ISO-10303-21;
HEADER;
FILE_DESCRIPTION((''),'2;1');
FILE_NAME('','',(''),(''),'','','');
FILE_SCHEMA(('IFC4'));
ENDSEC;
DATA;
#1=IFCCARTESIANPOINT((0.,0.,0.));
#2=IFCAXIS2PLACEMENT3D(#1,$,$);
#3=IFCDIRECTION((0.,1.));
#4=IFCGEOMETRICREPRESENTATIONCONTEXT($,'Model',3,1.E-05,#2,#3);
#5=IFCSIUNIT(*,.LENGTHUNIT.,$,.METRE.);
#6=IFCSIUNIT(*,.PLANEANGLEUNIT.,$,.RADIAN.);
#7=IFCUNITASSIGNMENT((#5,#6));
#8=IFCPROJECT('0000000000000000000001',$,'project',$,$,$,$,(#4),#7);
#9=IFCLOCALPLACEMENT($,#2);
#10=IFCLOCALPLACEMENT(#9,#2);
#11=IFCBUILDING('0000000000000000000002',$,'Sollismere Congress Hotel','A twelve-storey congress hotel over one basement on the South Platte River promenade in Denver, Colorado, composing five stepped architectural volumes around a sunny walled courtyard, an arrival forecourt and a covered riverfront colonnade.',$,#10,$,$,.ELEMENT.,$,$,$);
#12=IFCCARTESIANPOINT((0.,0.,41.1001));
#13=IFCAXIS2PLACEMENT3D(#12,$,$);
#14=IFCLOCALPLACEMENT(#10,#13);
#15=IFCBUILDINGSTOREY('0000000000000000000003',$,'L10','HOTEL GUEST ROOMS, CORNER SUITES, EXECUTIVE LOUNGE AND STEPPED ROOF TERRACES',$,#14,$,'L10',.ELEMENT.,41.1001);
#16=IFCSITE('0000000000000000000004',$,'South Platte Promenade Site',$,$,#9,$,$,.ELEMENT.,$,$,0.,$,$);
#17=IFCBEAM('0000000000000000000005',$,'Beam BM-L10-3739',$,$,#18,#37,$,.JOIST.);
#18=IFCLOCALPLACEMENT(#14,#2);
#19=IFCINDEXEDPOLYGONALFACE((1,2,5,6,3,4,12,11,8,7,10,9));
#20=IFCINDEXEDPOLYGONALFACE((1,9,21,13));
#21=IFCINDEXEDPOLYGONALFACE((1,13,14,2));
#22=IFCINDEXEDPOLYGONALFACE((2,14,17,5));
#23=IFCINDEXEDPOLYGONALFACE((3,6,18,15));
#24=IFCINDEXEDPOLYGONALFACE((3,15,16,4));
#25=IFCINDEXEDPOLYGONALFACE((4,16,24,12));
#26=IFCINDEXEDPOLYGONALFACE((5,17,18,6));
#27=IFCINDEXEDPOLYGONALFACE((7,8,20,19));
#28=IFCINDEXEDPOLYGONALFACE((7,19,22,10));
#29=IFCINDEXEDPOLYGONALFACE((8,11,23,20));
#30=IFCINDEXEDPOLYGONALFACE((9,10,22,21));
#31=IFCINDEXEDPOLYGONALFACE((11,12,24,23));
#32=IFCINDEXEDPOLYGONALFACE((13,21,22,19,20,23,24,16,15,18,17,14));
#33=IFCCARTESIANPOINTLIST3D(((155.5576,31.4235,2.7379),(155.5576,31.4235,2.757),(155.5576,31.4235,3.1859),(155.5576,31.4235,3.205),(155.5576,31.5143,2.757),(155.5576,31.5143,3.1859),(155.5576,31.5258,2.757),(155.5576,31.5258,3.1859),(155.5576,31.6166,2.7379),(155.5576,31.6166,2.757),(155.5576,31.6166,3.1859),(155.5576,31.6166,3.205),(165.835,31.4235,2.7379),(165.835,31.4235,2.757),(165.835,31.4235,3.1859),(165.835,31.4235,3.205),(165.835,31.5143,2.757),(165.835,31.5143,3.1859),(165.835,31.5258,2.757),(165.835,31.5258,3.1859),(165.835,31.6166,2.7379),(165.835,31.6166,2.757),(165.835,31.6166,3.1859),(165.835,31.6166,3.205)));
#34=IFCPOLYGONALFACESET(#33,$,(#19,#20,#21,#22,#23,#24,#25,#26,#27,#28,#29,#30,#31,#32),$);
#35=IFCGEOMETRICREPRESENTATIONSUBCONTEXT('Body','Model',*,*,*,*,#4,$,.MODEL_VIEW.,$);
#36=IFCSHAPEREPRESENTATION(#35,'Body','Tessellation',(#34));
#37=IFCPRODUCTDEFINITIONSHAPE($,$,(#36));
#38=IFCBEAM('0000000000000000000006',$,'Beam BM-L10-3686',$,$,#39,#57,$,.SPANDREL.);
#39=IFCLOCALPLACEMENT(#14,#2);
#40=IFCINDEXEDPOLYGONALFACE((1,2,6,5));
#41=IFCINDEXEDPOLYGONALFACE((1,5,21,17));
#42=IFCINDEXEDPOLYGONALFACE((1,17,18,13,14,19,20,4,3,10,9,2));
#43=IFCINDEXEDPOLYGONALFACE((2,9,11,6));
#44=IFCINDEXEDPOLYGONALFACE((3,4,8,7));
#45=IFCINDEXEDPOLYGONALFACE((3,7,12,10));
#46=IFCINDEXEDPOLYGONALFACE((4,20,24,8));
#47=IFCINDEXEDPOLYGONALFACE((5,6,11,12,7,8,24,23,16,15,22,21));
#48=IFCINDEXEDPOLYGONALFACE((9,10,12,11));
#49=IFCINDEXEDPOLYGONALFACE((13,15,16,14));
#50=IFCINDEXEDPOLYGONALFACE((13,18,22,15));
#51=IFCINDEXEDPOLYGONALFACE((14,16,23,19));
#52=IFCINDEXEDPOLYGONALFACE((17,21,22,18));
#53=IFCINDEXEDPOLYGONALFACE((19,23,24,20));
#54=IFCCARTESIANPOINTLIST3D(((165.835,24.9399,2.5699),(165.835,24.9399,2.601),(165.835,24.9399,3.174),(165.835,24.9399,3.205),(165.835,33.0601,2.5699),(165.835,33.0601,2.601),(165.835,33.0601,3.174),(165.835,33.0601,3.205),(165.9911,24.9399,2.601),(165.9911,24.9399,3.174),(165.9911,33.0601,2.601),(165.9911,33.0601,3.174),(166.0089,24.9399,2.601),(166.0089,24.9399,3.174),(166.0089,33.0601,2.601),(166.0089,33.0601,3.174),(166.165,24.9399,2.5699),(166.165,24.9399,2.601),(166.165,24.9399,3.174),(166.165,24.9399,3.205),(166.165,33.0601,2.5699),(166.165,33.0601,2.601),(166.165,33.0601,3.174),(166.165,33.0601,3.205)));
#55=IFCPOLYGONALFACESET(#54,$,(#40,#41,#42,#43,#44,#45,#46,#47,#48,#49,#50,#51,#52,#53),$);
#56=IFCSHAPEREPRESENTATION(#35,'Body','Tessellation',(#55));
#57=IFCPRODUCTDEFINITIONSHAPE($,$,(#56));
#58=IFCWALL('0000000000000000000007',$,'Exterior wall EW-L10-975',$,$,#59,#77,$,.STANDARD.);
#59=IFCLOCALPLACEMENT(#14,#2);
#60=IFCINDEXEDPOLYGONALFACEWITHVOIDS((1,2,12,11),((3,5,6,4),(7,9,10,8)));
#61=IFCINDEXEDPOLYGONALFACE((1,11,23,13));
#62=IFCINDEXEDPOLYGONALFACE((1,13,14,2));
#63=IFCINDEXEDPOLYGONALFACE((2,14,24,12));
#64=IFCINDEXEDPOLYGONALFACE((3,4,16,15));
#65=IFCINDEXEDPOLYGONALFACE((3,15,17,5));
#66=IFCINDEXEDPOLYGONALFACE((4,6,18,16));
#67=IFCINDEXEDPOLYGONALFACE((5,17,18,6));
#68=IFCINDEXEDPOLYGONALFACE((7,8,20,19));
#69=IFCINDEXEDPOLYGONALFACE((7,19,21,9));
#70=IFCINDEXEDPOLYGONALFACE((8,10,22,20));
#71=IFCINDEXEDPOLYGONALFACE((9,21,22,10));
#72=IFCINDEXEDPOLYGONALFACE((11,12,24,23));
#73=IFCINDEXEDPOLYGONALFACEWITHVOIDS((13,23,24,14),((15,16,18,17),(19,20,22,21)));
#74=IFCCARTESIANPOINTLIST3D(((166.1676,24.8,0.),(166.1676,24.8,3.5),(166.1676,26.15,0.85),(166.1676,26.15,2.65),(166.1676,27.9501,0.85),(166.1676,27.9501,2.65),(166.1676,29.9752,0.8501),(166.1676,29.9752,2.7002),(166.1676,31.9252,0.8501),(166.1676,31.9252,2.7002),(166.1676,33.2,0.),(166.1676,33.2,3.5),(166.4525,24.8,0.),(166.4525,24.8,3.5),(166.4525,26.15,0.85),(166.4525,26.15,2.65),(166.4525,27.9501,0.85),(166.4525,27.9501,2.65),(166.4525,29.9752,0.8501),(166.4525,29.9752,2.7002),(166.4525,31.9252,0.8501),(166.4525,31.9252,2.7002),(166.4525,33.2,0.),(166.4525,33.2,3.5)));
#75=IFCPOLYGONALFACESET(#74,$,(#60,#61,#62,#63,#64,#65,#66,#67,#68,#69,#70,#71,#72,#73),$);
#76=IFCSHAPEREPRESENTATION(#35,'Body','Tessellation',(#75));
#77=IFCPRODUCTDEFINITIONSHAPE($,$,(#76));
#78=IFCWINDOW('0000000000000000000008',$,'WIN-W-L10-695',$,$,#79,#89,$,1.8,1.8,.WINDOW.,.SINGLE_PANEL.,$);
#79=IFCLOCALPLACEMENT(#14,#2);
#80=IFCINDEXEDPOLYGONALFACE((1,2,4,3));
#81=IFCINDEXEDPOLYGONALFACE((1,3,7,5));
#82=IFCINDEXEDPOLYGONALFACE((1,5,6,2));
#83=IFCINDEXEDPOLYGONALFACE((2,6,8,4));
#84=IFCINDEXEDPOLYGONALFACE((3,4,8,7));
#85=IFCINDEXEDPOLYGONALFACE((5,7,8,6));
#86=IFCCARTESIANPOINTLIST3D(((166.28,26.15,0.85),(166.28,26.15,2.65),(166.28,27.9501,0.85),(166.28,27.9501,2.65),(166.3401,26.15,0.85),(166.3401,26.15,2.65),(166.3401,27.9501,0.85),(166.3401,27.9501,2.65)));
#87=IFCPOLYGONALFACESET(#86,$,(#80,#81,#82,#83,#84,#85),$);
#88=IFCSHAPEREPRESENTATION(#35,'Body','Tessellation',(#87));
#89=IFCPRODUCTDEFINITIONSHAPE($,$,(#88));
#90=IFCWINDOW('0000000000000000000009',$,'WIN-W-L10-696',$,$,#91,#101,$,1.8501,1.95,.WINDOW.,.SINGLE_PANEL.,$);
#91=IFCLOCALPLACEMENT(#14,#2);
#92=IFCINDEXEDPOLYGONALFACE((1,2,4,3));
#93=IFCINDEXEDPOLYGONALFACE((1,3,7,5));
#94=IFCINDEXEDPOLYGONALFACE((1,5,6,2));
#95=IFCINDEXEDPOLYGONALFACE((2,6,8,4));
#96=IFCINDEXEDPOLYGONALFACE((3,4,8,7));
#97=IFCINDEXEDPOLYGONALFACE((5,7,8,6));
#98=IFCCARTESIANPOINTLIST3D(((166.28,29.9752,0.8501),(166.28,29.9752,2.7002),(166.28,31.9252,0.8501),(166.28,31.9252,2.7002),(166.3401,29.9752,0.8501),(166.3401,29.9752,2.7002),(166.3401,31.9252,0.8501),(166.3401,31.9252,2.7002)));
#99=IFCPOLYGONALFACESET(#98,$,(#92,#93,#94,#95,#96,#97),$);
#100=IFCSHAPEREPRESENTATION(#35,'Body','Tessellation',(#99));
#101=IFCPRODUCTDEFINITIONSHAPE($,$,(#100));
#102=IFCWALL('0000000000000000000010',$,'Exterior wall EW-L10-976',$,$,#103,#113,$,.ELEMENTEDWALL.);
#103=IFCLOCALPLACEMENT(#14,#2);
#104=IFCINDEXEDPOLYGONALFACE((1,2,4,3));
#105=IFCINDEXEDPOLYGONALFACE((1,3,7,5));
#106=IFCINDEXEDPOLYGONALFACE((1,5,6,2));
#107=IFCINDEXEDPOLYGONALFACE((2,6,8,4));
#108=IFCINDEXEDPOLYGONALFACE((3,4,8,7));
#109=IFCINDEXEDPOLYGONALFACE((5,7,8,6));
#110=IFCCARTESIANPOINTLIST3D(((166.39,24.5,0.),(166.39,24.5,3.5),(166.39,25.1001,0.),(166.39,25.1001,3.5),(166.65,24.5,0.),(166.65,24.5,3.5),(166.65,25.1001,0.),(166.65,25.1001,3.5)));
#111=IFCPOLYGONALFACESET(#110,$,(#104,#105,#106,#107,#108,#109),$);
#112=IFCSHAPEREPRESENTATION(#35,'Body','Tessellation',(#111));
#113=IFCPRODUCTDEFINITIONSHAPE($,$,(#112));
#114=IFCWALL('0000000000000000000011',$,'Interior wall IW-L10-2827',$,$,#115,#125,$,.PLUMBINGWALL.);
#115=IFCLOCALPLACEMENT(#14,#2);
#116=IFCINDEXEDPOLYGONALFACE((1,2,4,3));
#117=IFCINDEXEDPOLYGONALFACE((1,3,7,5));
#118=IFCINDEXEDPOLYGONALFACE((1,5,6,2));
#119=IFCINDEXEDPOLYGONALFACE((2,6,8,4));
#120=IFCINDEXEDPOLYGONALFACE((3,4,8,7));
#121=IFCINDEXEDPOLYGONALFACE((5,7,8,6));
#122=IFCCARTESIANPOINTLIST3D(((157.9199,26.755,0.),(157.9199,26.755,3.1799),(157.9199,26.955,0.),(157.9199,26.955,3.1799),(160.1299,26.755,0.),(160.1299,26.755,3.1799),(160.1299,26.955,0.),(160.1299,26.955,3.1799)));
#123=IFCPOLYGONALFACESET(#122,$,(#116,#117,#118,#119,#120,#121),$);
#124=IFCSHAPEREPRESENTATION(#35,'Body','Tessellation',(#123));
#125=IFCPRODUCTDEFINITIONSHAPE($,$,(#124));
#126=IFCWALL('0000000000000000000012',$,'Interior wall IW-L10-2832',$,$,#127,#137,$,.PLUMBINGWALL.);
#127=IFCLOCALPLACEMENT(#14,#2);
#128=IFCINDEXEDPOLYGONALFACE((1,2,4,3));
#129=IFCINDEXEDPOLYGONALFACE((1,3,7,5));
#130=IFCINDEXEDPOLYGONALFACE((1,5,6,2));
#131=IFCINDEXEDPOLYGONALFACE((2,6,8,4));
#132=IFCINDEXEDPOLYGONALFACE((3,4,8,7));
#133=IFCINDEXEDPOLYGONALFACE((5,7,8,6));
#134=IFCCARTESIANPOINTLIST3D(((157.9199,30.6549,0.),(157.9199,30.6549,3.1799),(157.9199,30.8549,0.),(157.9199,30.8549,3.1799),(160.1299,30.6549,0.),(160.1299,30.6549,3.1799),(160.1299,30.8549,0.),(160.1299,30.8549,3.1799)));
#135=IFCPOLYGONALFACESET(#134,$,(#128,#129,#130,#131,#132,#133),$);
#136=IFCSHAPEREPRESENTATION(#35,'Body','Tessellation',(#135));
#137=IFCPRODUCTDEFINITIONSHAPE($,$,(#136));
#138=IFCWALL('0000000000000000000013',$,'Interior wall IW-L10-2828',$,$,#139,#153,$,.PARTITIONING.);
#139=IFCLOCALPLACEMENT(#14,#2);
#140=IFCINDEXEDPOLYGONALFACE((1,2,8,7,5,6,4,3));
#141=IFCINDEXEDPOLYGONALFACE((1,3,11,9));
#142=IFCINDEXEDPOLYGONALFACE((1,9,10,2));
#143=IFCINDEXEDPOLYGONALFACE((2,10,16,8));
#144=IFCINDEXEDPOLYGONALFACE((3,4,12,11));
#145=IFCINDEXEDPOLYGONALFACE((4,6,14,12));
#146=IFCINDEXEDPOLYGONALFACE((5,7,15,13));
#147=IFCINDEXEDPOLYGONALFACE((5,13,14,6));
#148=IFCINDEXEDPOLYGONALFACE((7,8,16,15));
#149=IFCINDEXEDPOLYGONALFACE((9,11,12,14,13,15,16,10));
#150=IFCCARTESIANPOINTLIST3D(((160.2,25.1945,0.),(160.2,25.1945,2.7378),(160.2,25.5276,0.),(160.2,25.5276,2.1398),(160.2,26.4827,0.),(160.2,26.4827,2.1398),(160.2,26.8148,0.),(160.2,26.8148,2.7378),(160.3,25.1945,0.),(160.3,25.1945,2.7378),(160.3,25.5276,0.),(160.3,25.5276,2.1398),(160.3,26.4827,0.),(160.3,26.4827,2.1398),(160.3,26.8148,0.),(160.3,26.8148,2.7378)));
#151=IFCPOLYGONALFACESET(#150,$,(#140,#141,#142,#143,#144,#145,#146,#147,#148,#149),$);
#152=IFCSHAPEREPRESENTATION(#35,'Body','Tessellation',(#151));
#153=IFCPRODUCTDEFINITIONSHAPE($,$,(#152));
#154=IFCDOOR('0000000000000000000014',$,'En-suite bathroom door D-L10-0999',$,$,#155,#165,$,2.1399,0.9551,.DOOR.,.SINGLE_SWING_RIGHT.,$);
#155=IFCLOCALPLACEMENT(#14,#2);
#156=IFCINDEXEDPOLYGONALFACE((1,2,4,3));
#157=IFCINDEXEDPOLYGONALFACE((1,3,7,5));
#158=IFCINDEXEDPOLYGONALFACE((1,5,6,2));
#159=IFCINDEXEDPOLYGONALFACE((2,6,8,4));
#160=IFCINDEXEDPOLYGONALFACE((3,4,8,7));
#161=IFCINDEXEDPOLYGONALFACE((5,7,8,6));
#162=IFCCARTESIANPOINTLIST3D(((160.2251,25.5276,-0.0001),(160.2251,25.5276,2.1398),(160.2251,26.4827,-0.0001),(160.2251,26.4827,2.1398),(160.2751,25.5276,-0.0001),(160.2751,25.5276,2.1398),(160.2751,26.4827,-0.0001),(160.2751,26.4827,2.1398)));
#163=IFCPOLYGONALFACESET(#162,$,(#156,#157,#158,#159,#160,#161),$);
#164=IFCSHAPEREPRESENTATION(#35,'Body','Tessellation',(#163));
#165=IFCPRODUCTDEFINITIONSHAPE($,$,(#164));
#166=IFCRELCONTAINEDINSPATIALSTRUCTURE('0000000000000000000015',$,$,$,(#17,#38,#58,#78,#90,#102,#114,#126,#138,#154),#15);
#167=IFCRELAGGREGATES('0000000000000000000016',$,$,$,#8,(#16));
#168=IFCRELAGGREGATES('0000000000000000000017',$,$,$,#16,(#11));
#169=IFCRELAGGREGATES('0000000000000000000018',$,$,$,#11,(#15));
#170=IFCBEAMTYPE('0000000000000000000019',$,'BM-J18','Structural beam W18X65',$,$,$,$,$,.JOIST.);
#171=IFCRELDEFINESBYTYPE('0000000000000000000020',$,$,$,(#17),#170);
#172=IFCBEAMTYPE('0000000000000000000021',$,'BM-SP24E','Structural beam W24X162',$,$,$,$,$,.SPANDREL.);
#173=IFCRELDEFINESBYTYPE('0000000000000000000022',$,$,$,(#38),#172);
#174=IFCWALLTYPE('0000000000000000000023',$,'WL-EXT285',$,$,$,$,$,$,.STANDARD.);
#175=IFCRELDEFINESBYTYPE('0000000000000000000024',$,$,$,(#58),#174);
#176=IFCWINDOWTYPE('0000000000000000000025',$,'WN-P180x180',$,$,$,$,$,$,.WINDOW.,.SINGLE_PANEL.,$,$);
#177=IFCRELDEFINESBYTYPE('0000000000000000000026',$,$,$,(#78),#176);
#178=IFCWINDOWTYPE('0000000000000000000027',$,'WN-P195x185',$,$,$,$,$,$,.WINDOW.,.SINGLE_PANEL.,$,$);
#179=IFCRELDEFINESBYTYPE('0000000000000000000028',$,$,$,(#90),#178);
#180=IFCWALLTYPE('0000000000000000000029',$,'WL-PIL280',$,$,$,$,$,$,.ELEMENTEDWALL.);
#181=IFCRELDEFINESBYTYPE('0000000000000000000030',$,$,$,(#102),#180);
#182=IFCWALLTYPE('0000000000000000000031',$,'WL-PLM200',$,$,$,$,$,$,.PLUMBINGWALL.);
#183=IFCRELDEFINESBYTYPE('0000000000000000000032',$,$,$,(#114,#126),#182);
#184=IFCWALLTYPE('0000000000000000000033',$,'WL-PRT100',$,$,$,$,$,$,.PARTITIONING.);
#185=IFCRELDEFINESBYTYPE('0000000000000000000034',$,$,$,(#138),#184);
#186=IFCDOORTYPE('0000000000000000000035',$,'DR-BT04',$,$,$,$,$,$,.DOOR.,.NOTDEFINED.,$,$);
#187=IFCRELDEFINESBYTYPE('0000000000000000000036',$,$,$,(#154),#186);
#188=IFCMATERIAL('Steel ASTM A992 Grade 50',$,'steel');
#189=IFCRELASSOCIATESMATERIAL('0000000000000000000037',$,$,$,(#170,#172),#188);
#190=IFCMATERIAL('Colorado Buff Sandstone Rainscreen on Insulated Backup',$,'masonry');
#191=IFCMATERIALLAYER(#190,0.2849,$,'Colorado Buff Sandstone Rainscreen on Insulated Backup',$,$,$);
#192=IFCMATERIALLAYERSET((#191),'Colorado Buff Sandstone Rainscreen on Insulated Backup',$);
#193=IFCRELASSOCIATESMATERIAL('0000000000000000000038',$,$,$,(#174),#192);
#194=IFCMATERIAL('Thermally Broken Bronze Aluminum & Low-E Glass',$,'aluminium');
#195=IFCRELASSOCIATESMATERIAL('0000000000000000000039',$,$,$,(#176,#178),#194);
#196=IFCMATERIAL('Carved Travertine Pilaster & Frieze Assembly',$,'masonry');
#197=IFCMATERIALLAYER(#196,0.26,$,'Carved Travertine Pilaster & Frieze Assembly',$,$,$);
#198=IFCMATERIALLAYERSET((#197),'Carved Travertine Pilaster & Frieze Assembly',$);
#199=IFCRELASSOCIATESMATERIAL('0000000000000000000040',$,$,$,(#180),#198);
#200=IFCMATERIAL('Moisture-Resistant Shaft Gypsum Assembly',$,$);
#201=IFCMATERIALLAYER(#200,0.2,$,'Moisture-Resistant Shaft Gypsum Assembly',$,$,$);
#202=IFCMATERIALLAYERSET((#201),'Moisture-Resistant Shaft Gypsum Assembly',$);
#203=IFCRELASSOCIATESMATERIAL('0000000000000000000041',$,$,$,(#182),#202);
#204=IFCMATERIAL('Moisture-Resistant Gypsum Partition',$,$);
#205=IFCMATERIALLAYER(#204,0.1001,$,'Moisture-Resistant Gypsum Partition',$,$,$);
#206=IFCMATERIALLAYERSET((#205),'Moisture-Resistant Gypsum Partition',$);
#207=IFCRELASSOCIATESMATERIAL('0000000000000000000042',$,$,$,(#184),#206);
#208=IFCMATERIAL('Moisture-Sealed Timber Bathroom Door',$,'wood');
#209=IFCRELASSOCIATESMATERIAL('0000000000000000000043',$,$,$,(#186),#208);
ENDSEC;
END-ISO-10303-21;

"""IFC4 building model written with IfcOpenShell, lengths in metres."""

from ifc_helpers import new_model, si_unit, direction, frame, frame_2d, origin, origin_2d, place, context, subcontext, project, spatial, rectangle, i_section, extrude, material, layer, layer_set, material_profile, profile_set, type_object, element, fill, save


model = new_model("IFC4")

# Units and contexts
model_context = context("Model", 3, precision=1e-05, world=origin(), true_north=direction((0.0, 1.0)))
body_context = subcontext(model_context, "Body", "Model", "MODEL_VIEW")
ifc_project = project(units=[si_unit("LENGTHUNIT", "METRE"), si_unit("PLANEANGLEUNIT", "RADIAN")], contexts=[model_context])

# Site, building, storey
site_placement = place(None, origin())
site = spatial("IfcSite", under=ifc_project, at=site_placement, Name="South Platte Promenade Site", CompositionType="ELEMENT", RefElevation=0.0)
building_placement = place(site_placement, origin())
building = spatial("IfcBuilding", under=site, at=building_placement, Name="Sollismere Congress Hotel", Description="A twelve-storey congress hotel over one basement on the South Platte River promenade in Denver, Colorado, composing five stepped architectural volumes around a sunny walled courtyard, an arrival forecourt and a covered riverfront colonnade.", CompositionType="ELEMENT")
storey_placement = place(building_placement, frame((0.0, 0.0, 41.1001)))
storey = spatial("IfcBuildingStorey", under=building, at=storey_placement, Name="L10", Description="HOTEL GUEST ROOMS, CORNER SUITES, EXECUTIVE LOUNGE AND STEPPED ROOF TERRACES", LongName="L10", CompositionType="ELEMENT", Elevation=41.1001)

# Shared definitions
ifc_material_1 = material(Name="Steel ASTM A992 Grade 50", Category="steel")

# Beams
ifc_material_profile_1 = material_profile(ifc_material_1, i_section(OverallWidth=0.1931, OverallDepth=0.467, WebThickness=0.0115, FlangeThickness=0.019, at=origin_2d()), Name="W18X65")
ifc_profile_set_1 = profile_set([ifc_material_profile_1], Name="Steel ASTM A992 Grade 50")
beam_type_1 = type_object("IfcBeamType", Name="BM-J18", Description="Structural beam W18X65", PredefinedType="JOIST", material=ifc_profile_set_1)
for number, where, z_axis, x_axis, name in (
    (1, (155.5576, 31.52, 2.9714), (1.0, 0.0, 0.0), (0.0, 1.0, 0.0), "Beam BM-L10-3739"),
):
    element("IfcBeam", number, at=place(storey_placement, frame(where, z_axis=z_axis, x_axis=x_axis)), inside=storey, type_object=beam_type_1, Name=name, PredefinedType="JOIST", context=body_context, shape_type="SweptSolid", body=[
        extrude(i_section(OverallWidth=0.1931, OverallDepth=0.467, WebThickness=0.0115, FlangeThickness=0.019, at=origin_2d()), origin(), (0.0, 0.0, 1.0), 10.2773),
    ])
ifc_material_profile_2 = material_profile(ifc_material_1, i_section(OverallWidth=0.3301, OverallDepth=0.635, WebThickness=0.0178, FlangeThickness=0.031, at=origin_2d()), Name="W24X162")
ifc_profile_set_2 = profile_set([ifc_material_profile_2], Name="Steel ASTM A992 Grade 50")
beam_type_2 = type_object("IfcBeamType", Name="BM-SP24E", Description="Structural beam W24X162", PredefinedType="SPANDREL", material=ifc_profile_set_2)
beam_placement = place(storey_placement, frame((166.0, 24.9399, 2.8875), z_axis=(0.0, 1.0, 0.0), x_axis=(-1.0, 0.0, 0.0)))
element("IfcBeam", 2, at=beam_placement, inside=storey, type_object=beam_type_2, Name="Beam BM-L10-3686", PredefinedType="SPANDREL", context=body_context, shape_type="SweptSolid", body=[
    extrude(i_section(OverallWidth=0.3301, OverallDepth=0.635, WebThickness=0.0178, FlangeThickness=0.031, at=origin_2d()), origin(), (0.0, 0.0, 1.0), 8.1201),
])

# Wall, openings, windows
ifc_material_2 = material(Name="Colorado Buff Sandstone Rainscreen on Insulated Backup", Category="masonry")
ifc_layer_1 = layer(ifc_material_2, 0.2849, Name="Colorado Buff Sandstone Rainscreen on Insulated Backup")
ifc_layer_set_1 = layer_set([ifc_layer_1], Name="Colorado Buff Sandstone Rainscreen on Insulated Backup")
wall_type_1 = type_object("IfcWallType", Name="WL-EXT285", PredefinedType="STANDARD", material=ifc_layer_set_1)
wall_1_placement = place(storey_placement, frame((166.3101, 24.8, 0.0), z_axis=(0.0, 0.0, 1.0), x_axis=(0.0, 1.0, 0.0)))
wall_1 = element("IfcWall", 3, at=wall_1_placement, inside=storey, type_object=wall_type_1, Name="Exterior wall EW-L10-975", PredefinedType="STANDARD", context=body_context, shape_type="SweptSolid", body=[
    extrude(rectangle(XDim=8.3999, YDim=0.2849, at=frame_2d((4.2, 0.0))), origin(), (0.0, 0.0, 1.0), 3.5),
])
opening_1_placement = place(wall_1_placement, frame((1.3501, 0.0, 0.8501)))
opening_1 = element("IfcOpeningElement", 4, at=opening_1_placement, cuts=wall_1, PredefinedType="OPENING", context=body_context, shape_type="SweptSolid", body=[
    extrude(rectangle(XDim=1.8, YDim=1.8, at=frame_2d((0.8999, 0.8999))), frame((0.0, 0.1523, 0.0), z_axis=(0.0, -1.0, 0.0), x_axis=(1.0, 0.0, 0.0)), (0.0, 0.0, 1.0), 0.3049),
])
opening_2_placement = place(wall_1_placement, frame((5.175, 0.0, 0.8501)))
opening_2 = element("IfcOpeningElement", 5, at=opening_2_placement, cuts=wall_1, PredefinedType="OPENING", context=body_context, shape_type="SweptSolid", body=[
    extrude(rectangle(XDim=1.95, YDim=1.8501, at=frame_2d((0.9751, 0.925))), frame((0.0, 0.1523, 0.0), z_axis=(0.0, -1.0, 0.0), x_axis=(1.0, 0.0, 0.0)), (0.0, 0.0, 1.0), 0.3049),
])
ifc_material_3 = material(Name="Thermally Broken Bronze Aluminum & Low-E Glass", Category="aluminium")
window_type_1 = type_object("IfcWindowType", Name="WN-P180x180", PartitioningType="SINGLE_PANEL", PredefinedType="WINDOW", material=ifc_material_3)
window_1_placement = place(opening_1_placement, origin())
window_1 = element("IfcWindow", 6, at=window_1_placement, inside=storey, type_object=window_type_1, Name="WIN-W-L10-695", OverallHeight=1.8, OverallWidth=1.8, PartitioningType="SINGLE_PANEL", PredefinedType="WINDOW", context=body_context, shape_type="SweptSolid", body=[
    extrude(rectangle(XDim=1.8, YDim=1.8, at=frame_2d((0.8999, 0.8999))), frame((0.0, 0.03, 0.0), z_axis=(0.0, -1.0, 0.0), x_axis=(1.0, 0.0, 0.0)), (0.0, 0.0, 1.0), 0.0601),
])
fill(opening_1, window_1)
window_type_2 = type_object("IfcWindowType", Name="WN-P195x185", PartitioningType="SINGLE_PANEL", PredefinedType="WINDOW", material=ifc_material_3)
window_2_placement = place(opening_2_placement, origin())
window_2 = element("IfcWindow", 7, at=window_2_placement, inside=storey, type_object=window_type_2, Name="WIN-W-L10-696", OverallHeight=1.8501, OverallWidth=1.95, PartitioningType="SINGLE_PANEL", PredefinedType="WINDOW", context=body_context, shape_type="SweptSolid", body=[
    extrude(rectangle(XDim=1.95, YDim=1.8501, at=frame_2d((0.9751, 0.925))), frame((0.0, 0.03, 0.0), z_axis=(0.0, -1.0, 0.0), x_axis=(1.0, 0.0, 0.0)), (0.0, 0.0, 1.0), 0.0601),
])
fill(opening_2, window_2)

# Walls
ifc_material_4 = material(Name="Carved Travertine Pilaster & Frieze Assembly", Category="masonry")
ifc_layer_2 = layer(ifc_material_4, 0.26, Name="Carved Travertine Pilaster & Frieze Assembly")
ifc_layer_set_2 = layer_set([ifc_layer_2], Name="Carved Travertine Pilaster & Frieze Assembly")
wall_type_2 = type_object("IfcWallType", Name="WL-PIL280", PredefinedType="ELEMENTEDWALL", material=ifc_layer_set_2)
wall_2_placement = place(storey_placement, frame((166.52, 24.5, 0.0), z_axis=(0.0, 0.0, 1.0), x_axis=(0.0, 1.0, 0.0)))
element("IfcWall", 8, at=wall_2_placement, inside=storey, type_object=wall_type_2, Name="Exterior wall EW-L10-976", PredefinedType="ELEMENTEDWALL", context=body_context, shape_type="SweptSolid", body=[
    extrude(rectangle(XDim=0.6001, YDim=0.26, at=frame_2d((0.3, 0.0))), origin(), (0.0, 0.0, 1.0), 3.5),
])
ifc_material_5 = material(Name="Moisture-Resistant Shaft Gypsum Assembly")
ifc_layer_3 = layer(ifc_material_5, 0.2, Name="Moisture-Resistant Shaft Gypsum Assembly")
ifc_layer_set_3 = layer_set([ifc_layer_3], Name="Moisture-Resistant Shaft Gypsum Assembly")
wall_type_3 = type_object("IfcWallType", Name="WL-PLM200", PredefinedType="PLUMBINGWALL", material=ifc_layer_set_3)
for number, where, z_axis, x_axis, name in (
    (9, (157.9199, 26.855, 0.0), (0.0, 0.0, 1.0), (1.0, 0.0, 0.0), "Interior wall IW-L10-2827"),
    (10, (157.9199, 30.7549, 0.0), (0.0, 0.0, 1.0), (1.0, 0.0, 0.0), "Interior wall IW-L10-2832"),
):
    element("IfcWall", number, at=place(storey_placement, frame(where, z_axis=z_axis, x_axis=x_axis)), inside=storey, type_object=wall_type_3, Name=name, PredefinedType="PLUMBINGWALL", context=body_context, shape_type="SweptSolid", body=[
        extrude(rectangle(XDim=2.21, YDim=0.2, at=frame_2d((1.105, 0.0))), origin(), (0.0, 0.0, 1.0), 3.1799),
    ])

# Wall, opening, door
ifc_material_6 = material(Name="Moisture-Resistant Gypsum Partition")
ifc_layer_4 = layer(ifc_material_6, 0.1001, Name="Moisture-Resistant Gypsum Partition")
ifc_layer_set_4 = layer_set([ifc_layer_4], Name="Moisture-Resistant Gypsum Partition")
wall_type_4 = type_object("IfcWallType", Name="WL-PRT100", PredefinedType="PARTITIONING", material=ifc_layer_set_4)
wall_3_placement = place(storey_placement, frame((160.25, 25.1946, 0.0), z_axis=(0.0, 0.0, 1.0), x_axis=(0.0, 1.0, 0.0)))
wall_3 = element("IfcWall", 11, at=wall_3_placement, inside=storey, type_object=wall_type_4, Name="Interior wall IW-L10-2828", PredefinedType="PARTITIONING", context=body_context, shape_type="SweptSolid", body=[
    extrude(rectangle(XDim=1.6204, YDim=0.1001, at=frame_2d((0.8101, 0.0))), origin(), (0.0, 0.0, 1.0), 2.7378),
])
opening_3_placement = place(wall_3_placement, frame((0.333, 0.0, 0.0)))
opening_3 = element("IfcOpeningElement", 12, at=opening_3_placement, cuts=wall_3, PredefinedType="OPENING", context=body_context, shape_type="SweptSolid", body=[
    extrude(rectangle(XDim=0.9551, YDim=2.1399, at=frame_2d((0.4775, 1.0698))), frame((0.0, 0.0601, 0.0), z_axis=(0.0, -1.0, 0.0), x_axis=(1.0, 0.0, 0.0)), (0.0, 0.0, 1.0), 0.1201),
])
ifc_material_7 = material(Name="Moisture-Sealed Timber Bathroom Door", Category="wood")
door_type_1 = type_object("IfcDoorType", Name="DR-BT04", OperationType="NOTDEFINED", PredefinedType="DOOR", material=ifc_material_7)
door_1_placement = place(opening_3_placement, origin())
door_1 = element("IfcDoor", 13, at=door_1_placement, inside=storey, type_object=door_type_1, Name="En-suite bathroom door D-L10-0999", OperationType="SINGLE_SWING_RIGHT", OverallHeight=2.1399, OverallWidth=0.9551, PredefinedType="DOOR", context=body_context, shape_type="SweptSolid", body=[
    extrude(rectangle(XDim=0.9551, YDim=2.1399, at=frame_2d((0.4775, 1.0698))), frame((0.0, 0.0249, 0.0), z_axis=(0.0, -1.0, 0.0), x_axis=(1.0, 0.0, 0.0)), (0.0, 0.0, 1.0), 0.05),
])
fill(opening_3, door_1)

save(model, "model.ifc")
